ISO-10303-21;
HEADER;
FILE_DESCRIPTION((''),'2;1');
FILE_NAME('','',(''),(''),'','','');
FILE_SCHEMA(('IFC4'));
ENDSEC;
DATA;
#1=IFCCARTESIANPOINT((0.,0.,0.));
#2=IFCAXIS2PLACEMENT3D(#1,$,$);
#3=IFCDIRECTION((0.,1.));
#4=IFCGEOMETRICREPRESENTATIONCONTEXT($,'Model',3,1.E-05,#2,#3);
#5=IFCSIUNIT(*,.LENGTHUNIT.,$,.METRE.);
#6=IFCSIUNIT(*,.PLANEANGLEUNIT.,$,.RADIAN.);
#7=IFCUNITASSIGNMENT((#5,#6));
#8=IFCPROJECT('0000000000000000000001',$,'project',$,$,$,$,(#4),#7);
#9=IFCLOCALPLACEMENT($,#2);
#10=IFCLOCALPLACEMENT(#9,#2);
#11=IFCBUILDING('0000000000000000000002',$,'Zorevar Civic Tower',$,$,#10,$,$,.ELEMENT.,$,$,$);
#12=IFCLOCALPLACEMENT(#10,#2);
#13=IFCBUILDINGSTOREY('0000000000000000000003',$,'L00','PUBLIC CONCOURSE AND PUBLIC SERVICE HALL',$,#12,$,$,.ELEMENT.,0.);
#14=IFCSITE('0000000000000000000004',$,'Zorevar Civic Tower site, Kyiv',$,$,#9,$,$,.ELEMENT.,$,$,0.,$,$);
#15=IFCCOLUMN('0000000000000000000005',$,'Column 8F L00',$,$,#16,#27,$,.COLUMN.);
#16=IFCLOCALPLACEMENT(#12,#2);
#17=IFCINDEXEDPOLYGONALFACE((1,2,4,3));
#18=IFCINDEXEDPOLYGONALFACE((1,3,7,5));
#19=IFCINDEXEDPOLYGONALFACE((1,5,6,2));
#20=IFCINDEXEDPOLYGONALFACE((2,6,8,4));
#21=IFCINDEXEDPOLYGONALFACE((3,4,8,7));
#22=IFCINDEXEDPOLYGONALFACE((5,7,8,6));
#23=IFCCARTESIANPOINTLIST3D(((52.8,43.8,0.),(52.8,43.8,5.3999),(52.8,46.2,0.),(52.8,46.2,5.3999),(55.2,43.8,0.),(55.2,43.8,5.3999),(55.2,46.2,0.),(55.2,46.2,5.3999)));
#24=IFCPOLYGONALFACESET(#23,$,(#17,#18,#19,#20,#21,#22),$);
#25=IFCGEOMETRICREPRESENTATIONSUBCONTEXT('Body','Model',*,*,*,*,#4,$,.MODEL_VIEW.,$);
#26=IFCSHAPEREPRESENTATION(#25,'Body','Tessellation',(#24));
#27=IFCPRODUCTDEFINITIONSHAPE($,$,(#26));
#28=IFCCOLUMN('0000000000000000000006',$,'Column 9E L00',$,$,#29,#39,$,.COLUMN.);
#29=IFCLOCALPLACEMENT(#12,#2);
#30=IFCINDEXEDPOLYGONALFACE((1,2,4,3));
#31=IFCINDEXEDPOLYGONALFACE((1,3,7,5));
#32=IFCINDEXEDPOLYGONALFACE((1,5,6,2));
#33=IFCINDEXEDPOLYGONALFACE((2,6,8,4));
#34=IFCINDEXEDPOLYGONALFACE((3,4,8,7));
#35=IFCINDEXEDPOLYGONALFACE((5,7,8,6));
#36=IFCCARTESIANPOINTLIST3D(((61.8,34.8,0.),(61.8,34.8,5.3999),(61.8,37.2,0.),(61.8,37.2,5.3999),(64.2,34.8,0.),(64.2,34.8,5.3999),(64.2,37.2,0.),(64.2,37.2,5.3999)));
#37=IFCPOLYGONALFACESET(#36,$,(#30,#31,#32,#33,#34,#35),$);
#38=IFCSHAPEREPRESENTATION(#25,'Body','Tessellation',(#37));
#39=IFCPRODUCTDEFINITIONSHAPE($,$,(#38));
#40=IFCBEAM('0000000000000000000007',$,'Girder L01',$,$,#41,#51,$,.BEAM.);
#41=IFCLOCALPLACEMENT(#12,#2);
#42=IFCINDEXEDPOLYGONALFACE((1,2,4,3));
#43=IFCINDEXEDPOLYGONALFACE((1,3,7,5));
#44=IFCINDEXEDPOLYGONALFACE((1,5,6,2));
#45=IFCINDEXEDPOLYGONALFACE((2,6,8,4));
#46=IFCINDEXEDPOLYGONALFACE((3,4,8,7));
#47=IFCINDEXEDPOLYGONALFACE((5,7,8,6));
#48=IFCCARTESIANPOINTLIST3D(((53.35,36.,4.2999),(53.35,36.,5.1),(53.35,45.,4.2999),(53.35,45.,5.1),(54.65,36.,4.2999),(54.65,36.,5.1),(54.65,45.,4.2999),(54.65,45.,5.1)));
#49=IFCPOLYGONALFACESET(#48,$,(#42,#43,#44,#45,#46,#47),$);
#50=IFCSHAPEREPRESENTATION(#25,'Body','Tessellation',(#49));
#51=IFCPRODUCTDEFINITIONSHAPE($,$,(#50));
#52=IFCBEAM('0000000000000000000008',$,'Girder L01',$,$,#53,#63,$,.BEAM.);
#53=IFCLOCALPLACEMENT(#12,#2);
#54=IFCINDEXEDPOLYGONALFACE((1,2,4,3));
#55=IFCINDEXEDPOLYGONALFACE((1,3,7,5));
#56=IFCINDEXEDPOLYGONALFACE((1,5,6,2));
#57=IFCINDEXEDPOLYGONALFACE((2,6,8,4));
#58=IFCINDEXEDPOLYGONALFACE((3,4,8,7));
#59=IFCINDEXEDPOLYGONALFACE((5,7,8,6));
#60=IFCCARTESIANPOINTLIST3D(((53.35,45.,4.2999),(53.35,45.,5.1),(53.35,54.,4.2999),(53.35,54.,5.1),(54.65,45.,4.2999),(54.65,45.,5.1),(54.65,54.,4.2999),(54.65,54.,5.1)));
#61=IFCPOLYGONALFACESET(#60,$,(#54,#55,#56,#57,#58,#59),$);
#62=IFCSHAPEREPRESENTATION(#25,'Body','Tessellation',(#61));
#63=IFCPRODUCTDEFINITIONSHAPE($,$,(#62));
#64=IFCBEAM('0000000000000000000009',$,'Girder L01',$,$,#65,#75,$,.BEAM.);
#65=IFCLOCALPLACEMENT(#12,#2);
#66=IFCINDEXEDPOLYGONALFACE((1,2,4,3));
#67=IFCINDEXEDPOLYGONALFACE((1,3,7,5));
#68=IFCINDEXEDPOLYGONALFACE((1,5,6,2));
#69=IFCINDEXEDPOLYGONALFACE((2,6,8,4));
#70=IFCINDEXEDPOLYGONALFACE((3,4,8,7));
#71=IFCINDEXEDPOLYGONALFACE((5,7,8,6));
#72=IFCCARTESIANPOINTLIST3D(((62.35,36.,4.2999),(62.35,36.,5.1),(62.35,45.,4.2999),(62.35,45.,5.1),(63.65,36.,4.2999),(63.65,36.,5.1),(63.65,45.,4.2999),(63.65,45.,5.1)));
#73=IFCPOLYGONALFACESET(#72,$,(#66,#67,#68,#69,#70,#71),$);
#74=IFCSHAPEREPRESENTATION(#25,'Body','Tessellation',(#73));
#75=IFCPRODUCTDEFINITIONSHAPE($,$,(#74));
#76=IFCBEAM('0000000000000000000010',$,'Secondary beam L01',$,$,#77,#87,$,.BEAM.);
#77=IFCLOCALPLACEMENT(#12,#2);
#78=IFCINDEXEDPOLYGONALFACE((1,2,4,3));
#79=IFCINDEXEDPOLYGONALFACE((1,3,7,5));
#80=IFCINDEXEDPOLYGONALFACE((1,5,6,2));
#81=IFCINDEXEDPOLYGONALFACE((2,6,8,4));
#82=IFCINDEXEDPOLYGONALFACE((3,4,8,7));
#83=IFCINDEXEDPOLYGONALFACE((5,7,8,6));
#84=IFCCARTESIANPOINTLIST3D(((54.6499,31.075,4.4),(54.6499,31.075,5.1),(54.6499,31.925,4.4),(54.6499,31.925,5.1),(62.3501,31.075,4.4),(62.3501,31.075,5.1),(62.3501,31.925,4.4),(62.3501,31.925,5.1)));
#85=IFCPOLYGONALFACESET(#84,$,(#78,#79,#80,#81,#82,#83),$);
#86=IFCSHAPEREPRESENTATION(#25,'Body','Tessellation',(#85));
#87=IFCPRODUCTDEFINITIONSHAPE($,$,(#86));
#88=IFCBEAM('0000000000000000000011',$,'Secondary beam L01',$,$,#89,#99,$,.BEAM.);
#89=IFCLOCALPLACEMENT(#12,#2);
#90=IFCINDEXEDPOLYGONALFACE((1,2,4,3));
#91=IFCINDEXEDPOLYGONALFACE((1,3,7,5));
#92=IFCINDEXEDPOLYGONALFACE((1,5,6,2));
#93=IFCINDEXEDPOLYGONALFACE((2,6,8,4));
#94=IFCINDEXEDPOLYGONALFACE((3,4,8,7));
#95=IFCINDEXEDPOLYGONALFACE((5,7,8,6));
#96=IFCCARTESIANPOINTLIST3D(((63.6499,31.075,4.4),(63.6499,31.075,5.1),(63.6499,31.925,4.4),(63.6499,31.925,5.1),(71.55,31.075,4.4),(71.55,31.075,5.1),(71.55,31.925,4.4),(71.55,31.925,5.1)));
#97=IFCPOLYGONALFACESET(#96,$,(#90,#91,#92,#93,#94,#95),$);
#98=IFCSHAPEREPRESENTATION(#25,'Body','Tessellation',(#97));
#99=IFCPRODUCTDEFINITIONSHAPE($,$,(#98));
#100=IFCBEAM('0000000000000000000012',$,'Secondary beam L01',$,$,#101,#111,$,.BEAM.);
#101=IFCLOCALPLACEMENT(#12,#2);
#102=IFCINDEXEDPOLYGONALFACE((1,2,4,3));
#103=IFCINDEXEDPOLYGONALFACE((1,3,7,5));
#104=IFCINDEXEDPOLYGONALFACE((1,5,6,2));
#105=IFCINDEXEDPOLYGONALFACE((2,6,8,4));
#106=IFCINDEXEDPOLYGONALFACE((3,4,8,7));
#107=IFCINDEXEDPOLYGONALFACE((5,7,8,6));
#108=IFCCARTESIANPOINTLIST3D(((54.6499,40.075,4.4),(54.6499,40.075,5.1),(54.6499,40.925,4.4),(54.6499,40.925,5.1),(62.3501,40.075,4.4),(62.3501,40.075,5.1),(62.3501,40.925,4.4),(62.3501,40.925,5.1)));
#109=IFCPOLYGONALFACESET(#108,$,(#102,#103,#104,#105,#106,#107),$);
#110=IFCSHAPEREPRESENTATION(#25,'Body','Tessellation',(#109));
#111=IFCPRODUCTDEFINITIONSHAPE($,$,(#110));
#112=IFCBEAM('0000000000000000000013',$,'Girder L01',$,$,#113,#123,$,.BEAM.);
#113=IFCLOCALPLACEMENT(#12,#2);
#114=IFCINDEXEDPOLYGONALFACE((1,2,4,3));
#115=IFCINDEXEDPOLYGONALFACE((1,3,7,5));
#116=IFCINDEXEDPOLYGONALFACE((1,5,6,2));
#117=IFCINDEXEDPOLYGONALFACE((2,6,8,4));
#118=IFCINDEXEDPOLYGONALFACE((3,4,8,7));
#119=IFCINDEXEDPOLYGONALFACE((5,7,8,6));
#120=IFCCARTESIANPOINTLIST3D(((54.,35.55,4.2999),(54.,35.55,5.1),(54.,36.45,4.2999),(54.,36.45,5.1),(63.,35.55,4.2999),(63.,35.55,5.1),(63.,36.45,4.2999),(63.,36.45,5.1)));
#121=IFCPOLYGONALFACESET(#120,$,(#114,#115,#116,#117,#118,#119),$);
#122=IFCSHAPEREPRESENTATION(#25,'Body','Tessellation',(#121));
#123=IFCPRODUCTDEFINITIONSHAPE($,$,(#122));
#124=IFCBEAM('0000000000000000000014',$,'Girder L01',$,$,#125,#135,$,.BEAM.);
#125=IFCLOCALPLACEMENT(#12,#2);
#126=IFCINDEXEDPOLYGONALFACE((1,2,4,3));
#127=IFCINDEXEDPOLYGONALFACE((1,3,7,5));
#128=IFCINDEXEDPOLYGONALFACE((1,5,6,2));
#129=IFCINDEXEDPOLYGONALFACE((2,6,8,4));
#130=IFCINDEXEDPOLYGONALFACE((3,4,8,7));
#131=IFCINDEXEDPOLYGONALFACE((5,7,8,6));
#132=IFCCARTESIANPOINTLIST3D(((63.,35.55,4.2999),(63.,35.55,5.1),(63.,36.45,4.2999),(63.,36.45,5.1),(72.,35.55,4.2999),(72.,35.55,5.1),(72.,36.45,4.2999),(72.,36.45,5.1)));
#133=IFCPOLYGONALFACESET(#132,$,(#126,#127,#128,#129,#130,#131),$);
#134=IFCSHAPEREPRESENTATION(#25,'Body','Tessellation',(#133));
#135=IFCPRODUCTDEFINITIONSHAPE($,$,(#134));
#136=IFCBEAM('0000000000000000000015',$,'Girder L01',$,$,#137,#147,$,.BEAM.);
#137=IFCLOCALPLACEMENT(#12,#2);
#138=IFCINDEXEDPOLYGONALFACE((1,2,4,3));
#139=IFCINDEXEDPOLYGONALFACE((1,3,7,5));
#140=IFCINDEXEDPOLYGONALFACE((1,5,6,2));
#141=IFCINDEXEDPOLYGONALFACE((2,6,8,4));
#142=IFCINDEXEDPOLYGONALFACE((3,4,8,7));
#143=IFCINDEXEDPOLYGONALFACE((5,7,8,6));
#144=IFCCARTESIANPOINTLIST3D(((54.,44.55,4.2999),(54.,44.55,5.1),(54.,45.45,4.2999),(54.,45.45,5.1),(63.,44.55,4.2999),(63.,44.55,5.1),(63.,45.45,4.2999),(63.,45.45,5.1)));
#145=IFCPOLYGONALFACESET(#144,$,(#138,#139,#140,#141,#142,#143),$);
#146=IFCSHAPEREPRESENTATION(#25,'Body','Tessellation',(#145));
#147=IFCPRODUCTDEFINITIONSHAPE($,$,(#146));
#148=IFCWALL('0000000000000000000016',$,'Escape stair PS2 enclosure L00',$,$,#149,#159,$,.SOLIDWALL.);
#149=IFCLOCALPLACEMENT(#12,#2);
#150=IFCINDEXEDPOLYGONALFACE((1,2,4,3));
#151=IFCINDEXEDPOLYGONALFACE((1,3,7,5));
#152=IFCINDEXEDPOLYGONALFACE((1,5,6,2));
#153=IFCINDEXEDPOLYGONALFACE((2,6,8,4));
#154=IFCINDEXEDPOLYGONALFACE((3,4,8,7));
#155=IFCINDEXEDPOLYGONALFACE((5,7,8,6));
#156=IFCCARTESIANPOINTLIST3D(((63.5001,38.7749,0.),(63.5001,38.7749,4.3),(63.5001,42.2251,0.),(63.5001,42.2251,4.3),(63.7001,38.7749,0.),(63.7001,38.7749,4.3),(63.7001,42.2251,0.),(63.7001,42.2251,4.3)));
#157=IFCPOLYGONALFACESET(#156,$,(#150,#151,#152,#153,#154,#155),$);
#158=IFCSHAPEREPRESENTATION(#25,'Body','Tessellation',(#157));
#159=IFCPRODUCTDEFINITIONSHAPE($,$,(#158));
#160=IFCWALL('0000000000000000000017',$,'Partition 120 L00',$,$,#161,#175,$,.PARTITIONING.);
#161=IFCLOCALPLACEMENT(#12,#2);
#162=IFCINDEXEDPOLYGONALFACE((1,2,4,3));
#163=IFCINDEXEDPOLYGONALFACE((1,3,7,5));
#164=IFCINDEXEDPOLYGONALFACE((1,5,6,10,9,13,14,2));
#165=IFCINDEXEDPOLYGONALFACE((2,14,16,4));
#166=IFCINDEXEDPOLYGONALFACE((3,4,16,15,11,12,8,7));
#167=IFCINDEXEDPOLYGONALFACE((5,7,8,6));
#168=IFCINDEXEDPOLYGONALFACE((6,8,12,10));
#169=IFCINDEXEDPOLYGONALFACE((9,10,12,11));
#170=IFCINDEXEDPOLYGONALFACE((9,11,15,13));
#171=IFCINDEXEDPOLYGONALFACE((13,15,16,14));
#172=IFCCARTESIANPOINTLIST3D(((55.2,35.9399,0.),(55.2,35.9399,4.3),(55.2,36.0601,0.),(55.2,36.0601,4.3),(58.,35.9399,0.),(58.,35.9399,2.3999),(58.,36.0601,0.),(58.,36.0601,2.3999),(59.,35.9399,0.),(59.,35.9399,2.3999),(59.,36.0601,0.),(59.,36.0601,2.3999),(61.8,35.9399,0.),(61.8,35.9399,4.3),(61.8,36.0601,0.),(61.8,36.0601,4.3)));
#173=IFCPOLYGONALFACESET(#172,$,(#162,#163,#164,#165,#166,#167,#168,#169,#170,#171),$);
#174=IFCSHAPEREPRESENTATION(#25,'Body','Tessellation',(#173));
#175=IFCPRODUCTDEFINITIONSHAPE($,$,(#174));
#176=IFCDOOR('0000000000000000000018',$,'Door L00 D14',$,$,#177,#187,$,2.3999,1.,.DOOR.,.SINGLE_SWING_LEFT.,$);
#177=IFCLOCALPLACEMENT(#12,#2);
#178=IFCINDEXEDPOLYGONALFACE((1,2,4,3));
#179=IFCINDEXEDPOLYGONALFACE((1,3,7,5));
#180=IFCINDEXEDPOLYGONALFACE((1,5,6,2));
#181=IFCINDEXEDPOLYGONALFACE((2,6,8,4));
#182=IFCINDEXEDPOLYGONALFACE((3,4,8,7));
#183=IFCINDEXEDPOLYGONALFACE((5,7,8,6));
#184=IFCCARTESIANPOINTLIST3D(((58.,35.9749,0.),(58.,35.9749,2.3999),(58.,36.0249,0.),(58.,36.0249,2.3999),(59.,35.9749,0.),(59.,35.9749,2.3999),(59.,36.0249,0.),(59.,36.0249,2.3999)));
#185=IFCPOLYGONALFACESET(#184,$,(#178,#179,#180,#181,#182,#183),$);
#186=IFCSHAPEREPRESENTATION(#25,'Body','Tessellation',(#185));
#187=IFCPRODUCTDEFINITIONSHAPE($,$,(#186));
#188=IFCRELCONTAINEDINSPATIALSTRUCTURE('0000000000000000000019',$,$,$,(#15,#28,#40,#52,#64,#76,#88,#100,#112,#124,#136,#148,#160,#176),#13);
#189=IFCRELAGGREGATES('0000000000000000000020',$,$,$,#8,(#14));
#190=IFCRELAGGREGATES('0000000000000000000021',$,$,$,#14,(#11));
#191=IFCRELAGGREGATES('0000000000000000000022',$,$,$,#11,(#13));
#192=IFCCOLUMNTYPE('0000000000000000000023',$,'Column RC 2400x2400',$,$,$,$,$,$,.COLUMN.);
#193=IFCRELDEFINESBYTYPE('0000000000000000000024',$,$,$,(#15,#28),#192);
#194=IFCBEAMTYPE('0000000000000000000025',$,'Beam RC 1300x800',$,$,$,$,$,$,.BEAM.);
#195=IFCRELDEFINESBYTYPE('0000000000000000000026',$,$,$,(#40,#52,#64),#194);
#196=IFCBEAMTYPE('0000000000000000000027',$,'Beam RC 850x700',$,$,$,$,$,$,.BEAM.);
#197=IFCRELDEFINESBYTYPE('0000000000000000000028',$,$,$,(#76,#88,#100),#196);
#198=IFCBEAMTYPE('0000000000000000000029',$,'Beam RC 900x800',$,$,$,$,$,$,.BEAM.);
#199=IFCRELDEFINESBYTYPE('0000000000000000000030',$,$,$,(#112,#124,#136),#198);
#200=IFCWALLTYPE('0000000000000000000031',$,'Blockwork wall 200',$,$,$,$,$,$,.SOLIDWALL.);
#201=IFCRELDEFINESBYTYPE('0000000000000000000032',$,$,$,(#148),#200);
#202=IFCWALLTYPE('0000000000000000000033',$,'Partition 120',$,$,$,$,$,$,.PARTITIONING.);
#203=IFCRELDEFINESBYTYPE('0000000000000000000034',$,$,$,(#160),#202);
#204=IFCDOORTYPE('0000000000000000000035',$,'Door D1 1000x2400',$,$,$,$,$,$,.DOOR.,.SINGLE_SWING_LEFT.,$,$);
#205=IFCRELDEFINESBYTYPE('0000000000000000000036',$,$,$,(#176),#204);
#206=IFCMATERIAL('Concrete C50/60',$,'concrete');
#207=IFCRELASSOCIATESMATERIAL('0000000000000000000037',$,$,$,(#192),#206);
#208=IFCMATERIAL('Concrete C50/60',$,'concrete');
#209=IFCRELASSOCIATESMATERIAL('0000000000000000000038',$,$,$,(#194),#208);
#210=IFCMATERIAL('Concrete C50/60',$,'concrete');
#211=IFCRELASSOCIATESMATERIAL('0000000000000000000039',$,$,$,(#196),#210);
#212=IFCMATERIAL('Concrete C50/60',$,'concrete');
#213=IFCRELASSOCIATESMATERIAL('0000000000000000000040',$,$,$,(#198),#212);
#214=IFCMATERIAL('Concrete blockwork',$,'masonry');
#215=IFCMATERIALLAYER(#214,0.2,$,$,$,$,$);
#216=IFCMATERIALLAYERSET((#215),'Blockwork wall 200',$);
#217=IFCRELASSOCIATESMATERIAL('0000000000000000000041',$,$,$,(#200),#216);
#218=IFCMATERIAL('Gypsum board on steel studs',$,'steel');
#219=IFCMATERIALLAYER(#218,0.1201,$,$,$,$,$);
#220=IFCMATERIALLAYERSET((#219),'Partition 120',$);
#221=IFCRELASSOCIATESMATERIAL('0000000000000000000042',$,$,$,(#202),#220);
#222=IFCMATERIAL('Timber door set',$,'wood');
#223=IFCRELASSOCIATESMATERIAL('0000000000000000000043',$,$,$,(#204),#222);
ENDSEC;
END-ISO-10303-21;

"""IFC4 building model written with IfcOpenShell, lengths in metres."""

from ifc_helpers import new_model, si_unit, direction, frame, frame_2d, origin, origin_2d, place, context, subcontext, project, spatial, rectangle, extrude, material, layer, layer_set, material_profile, profile_set, type_object, element, fill, save


model = new_model("IFC4")

# Units and contexts
model_context = context("Model", 3, precision=1e-05, world=origin(), true_north=direction((0.0, 1.0)))
body_context = subcontext(model_context, "Body", "Model", "MODEL_VIEW")
ifc_project = project(units=[si_unit("LENGTHUNIT", "METRE"), si_unit("PLANEANGLEUNIT", "RADIAN")], contexts=[model_context])

# Site, building, storey
site_placement = place(None, origin())
site = spatial("IfcSite", under=ifc_project, at=site_placement, Name="Zorevar Civic Tower site, Kyiv", CompositionType="ELEMENT", RefElevation=0.0)
building_placement = place(site_placement, origin())
building = spatial("IfcBuilding", under=site, at=building_placement, Name="Zorevar Civic Tower", CompositionType="ELEMENT")
storey_placement = place(building_placement, origin())
storey = spatial("IfcBuildingStorey", under=building, at=storey_placement, Name="L00", Description="PUBLIC CONCOURSE AND PUBLIC SERVICE HALL", CompositionType="ELEMENT", Elevation=0.0)

# Columns
ifc_material_1 = material(Name="Concrete C50/60", Category="concrete")
ifc_material_profile_1 = material_profile(ifc_material_1, rectangle(XDim=2.3999, YDim=2.3999, at=origin_2d()), Name="RC 2400x2400")
ifc_profile_set_1 = profile_set([ifc_material_profile_1], Name="Concrete C50/60")
column_type = type_object("IfcColumnType", Name="Column RC 2400x2400", PredefinedType="COLUMN", material=ifc_profile_set_1)
for number, where, z_axis, x_axis, name in (
    (1, (54.0, 45.0, 0.0), (0.0, 0.0, 1.0), (1.0, 0.0, 0.0), "Column 8F L00"),
    (2, (63.0, 36.0, 0.0), (0.0, 0.0, 1.0), (1.0, 0.0, 0.0), "Column 9E L00"),
):
    element("IfcColumn", number, at=place(storey_placement, frame(where, z_axis=z_axis, x_axis=x_axis)), inside=storey, type_object=column_type, Name=name, PredefinedType="COLUMN", context=body_context, shape_type="SweptSolid", body=[
        extrude(rectangle(XDim=2.3999, YDim=2.3999, at=origin_2d()), origin(), (0.0, 0.0, 1.0), 5.3999),
    ])

# Beams
ifc_material_2 = material(Name="Concrete C50/60", Category="concrete")
ifc_material_profile_2 = material_profile(ifc_material_2, rectangle(XDim=1.3, YDim=0.8, at=origin_2d()), Name="RC 1300x800")
ifc_profile_set_2 = profile_set([ifc_material_profile_2], Name="Concrete C50/60")
beam_type_1 = type_object("IfcBeamType", Name="Beam RC 1300x800", PredefinedType="BEAM", material=ifc_profile_set_2)
for number, where, z_axis, x_axis, name in (
    (3, (54.0, 36.0, 4.7), (0.0, 1.0, 0.0), (-1.0, 0.0, 0.0), "Girder L01"),
    (4, (54.0, 45.0, 4.7), (0.0, 1.0, 0.0), (-1.0, 0.0, 0.0), "Girder L01"),
    (5, (63.0, 36.0, 4.7), (0.0, 1.0, 0.0), (-1.0, 0.0, 0.0), "Girder L01"),
):
    element("IfcBeam", number, at=place(storey_placement, frame(where, z_axis=z_axis, x_axis=x_axis)), inside=storey, type_object=beam_type_1, Name=name, PredefinedType="BEAM", context=body_context, shape_type="SweptSolid", body=[
        extrude(rectangle(XDim=1.3, YDim=0.8, at=origin_2d()), origin(), (0.0, 0.0, 1.0), 9.0),
    ])
ifc_material_3 = material(Name="Concrete C50/60", Category="concrete")
ifc_material_profile_3 = material_profile(ifc_material_3, rectangle(XDim=0.8501, YDim=0.7, at=origin_2d()), Name="RC 850x700")
ifc_profile_set_3 = profile_set([ifc_material_profile_3], Name="Concrete C50/60")
beam_type_2 = type_object("IfcBeamType", Name="Beam RC 850x700", PredefinedType="BEAM", material=ifc_profile_set_3)
beam_1_placement = place(storey_placement, frame((54.6499, 31.5, 4.75), z_axis=(1.0, 0.0, 0.0), x_axis=(0.0, 1.0, 0.0)))
element("IfcBeam", 6, at=beam_1_placement, inside=storey, type_object=beam_type_2, Name="Secondary beam L01", PredefinedType="BEAM", context=body_context, shape_type="SweptSolid", body=[
    extrude(rectangle(XDim=0.8501, YDim=0.7, at=origin_2d()), origin(), (0.0, 0.0, 1.0), 7.7002),
])
beam_2_placement = place(storey_placement, frame((63.6499, 31.5, 4.75), z_axis=(1.0, 0.0, 0.0), x_axis=(0.0, 1.0, 0.0)))
element("IfcBeam", 7, at=beam_2_placement, inside=storey, type_object=beam_type_2, Name="Secondary beam L01", PredefinedType="BEAM", context=body_context, shape_type="SweptSolid", body=[
    extrude(rectangle(XDim=0.8501, YDim=0.7, at=origin_2d()), origin(), (0.0, 0.0, 1.0), 7.9001),
])
beam_3_placement = place(storey_placement, frame((54.6499, 40.5, 4.75), z_axis=(1.0, 0.0, 0.0), x_axis=(0.0, 1.0, 0.0)))
element("IfcBeam", 8, at=beam_3_placement, inside=storey, type_object=beam_type_2, Name="Secondary beam L01", PredefinedType="BEAM", context=body_context, shape_type="SweptSolid", body=[
    extrude(rectangle(XDim=0.8501, YDim=0.7, at=origin_2d()), origin(), (0.0, 0.0, 1.0), 7.7002),
])
ifc_material_4 = material(Name="Concrete C50/60", Category="concrete")
ifc_material_profile_4 = material_profile(ifc_material_4, rectangle(XDim=0.8999, YDim=0.8, at=origin_2d()), Name="RC 900x800")
ifc_profile_set_4 = profile_set([ifc_material_profile_4], Name="Concrete C50/60")
beam_type_3 = type_object("IfcBeamType", Name="Beam RC 900x800", PredefinedType="BEAM", material=ifc_profile_set_4)
for number, where, z_axis, x_axis, name in (
    (9, (54.0, 36.0, 4.7), (1.0, 0.0, 0.0), (0.0, 1.0, 0.0), "Girder L01"),
    (10, (63.0, 36.0, 4.7), (1.0, 0.0, 0.0), (0.0, 1.0, 0.0), "Girder L01"),
    (11, (54.0, 45.0, 4.7), (1.0, 0.0, 0.0), (0.0, 1.0, 0.0), "Girder L01"),
):
    element("IfcBeam", number, at=place(storey_placement, frame(where, z_axis=z_axis, x_axis=x_axis)), inside=storey, type_object=beam_type_3, Name=name, PredefinedType="BEAM", context=body_context, shape_type="SweptSolid", body=[
        extrude(rectangle(XDim=0.8999, YDim=0.8, at=origin_2d()), origin(), (0.0, 0.0, 1.0), 9.0),
    ])

# Wall
ifc_material_5 = material(Name="Concrete blockwork", Category="masonry")
ifc_layer_1 = layer(ifc_material_5, 0.2)
ifc_layer_set_1 = layer_set([ifc_layer_1], Name="Blockwork wall 200")
wall_type_1 = type_object("IfcWallType", Name="Blockwork wall 200", PredefinedType="SOLIDWALL", material=ifc_layer_set_1)
wall_1_placement = place(storey_placement, frame((63.6001, 42.2251, 0.0), z_axis=(0.0, 0.0, 1.0), x_axis=(0.0, -1.0, 0.0)))
element("IfcWall", 12, at=wall_1_placement, inside=storey, type_object=wall_type_1, Name="Escape stair PS2 enclosure L00", PredefinedType="SOLIDWALL", context=body_context, shape_type="SweptSolid", body=[
    extrude(rectangle(XDim=3.4502, YDim=0.2, at=frame_2d((1.7251, 0.0))), origin(), (0.0, 0.0, 1.0), 4.3),
])

# Wall, opening, door
ifc_material_6 = material(Name="Gypsum board on steel studs", Category="steel")
ifc_layer_2 = layer(ifc_material_6, 0.1201)
ifc_layer_set_2 = layer_set([ifc_layer_2], Name="Partition 120")
wall_type_2 = type_object("IfcWallType", Name="Partition 120", PredefinedType="PARTITIONING", material=ifc_layer_set_2)
wall_2_placement = place(storey_placement, frame((55.2, 36.0, 0.0), z_axis=(0.0, 0.0, 1.0), x_axis=(1.0, 0.0, 0.0)))
wall_2 = element("IfcWall", 13, at=wall_2_placement, inside=storey, type_object=wall_type_2, Name="Partition 120 L00", PredefinedType="PARTITIONING", context=body_context, shape_type="SweptSolid", body=[
    extrude(rectangle(XDim=6.6001, YDim=0.1201, at=frame_2d((3.3, 0.0))), origin(), (0.0, 0.0, 1.0), 4.3),
])
opening_placement = place(wall_2_placement, frame((2.8, 0.0, 0.0)))
opening = element("IfcOpeningElement", 14, at=opening_placement, cuts=wall_2, PredefinedType="OPENING", context=body_context, shape_type="SweptSolid", body=[
    extrude(rectangle(XDim=1.0, YDim=2.3999, at=frame_2d((0.5, 1.2))), frame((0.0, 0.0701, 0.0), z_axis=(0.0, -1.0, 0.0), x_axis=(1.0, 0.0, 0.0)), (0.0, 0.0, 1.0), 0.1401),
])
ifc_material_7 = material(Name="Timber door set", Category="wood")
door_type = type_object("IfcDoorType", Name="Door D1 1000x2400", OperationType="SINGLE_SWING_LEFT", PredefinedType="DOOR", material=ifc_material_7)
door_placement = place(opening_placement, origin())
door = element("IfcDoor", 15, at=door_placement, inside=storey, type_object=door_type, Name="Door L00 D14", OperationType="SINGLE_SWING_LEFT", OverallHeight=2.3999, OverallWidth=1.0, PredefinedType="DOOR", context=body_context, shape_type="SweptSolid", body=[
    extrude(rectangle(XDim=1.0, YDim=2.3999, at=frame_2d((0.5, 1.2))), frame((0.0, 0.0249, 0.0), z_axis=(0.0, -1.0, 0.0), x_axis=(1.0, 0.0, 0.0)), (0.0, 0.0, 1.0), 0.05),
])
fill(opening, door)

save(model, "model.ifc")
